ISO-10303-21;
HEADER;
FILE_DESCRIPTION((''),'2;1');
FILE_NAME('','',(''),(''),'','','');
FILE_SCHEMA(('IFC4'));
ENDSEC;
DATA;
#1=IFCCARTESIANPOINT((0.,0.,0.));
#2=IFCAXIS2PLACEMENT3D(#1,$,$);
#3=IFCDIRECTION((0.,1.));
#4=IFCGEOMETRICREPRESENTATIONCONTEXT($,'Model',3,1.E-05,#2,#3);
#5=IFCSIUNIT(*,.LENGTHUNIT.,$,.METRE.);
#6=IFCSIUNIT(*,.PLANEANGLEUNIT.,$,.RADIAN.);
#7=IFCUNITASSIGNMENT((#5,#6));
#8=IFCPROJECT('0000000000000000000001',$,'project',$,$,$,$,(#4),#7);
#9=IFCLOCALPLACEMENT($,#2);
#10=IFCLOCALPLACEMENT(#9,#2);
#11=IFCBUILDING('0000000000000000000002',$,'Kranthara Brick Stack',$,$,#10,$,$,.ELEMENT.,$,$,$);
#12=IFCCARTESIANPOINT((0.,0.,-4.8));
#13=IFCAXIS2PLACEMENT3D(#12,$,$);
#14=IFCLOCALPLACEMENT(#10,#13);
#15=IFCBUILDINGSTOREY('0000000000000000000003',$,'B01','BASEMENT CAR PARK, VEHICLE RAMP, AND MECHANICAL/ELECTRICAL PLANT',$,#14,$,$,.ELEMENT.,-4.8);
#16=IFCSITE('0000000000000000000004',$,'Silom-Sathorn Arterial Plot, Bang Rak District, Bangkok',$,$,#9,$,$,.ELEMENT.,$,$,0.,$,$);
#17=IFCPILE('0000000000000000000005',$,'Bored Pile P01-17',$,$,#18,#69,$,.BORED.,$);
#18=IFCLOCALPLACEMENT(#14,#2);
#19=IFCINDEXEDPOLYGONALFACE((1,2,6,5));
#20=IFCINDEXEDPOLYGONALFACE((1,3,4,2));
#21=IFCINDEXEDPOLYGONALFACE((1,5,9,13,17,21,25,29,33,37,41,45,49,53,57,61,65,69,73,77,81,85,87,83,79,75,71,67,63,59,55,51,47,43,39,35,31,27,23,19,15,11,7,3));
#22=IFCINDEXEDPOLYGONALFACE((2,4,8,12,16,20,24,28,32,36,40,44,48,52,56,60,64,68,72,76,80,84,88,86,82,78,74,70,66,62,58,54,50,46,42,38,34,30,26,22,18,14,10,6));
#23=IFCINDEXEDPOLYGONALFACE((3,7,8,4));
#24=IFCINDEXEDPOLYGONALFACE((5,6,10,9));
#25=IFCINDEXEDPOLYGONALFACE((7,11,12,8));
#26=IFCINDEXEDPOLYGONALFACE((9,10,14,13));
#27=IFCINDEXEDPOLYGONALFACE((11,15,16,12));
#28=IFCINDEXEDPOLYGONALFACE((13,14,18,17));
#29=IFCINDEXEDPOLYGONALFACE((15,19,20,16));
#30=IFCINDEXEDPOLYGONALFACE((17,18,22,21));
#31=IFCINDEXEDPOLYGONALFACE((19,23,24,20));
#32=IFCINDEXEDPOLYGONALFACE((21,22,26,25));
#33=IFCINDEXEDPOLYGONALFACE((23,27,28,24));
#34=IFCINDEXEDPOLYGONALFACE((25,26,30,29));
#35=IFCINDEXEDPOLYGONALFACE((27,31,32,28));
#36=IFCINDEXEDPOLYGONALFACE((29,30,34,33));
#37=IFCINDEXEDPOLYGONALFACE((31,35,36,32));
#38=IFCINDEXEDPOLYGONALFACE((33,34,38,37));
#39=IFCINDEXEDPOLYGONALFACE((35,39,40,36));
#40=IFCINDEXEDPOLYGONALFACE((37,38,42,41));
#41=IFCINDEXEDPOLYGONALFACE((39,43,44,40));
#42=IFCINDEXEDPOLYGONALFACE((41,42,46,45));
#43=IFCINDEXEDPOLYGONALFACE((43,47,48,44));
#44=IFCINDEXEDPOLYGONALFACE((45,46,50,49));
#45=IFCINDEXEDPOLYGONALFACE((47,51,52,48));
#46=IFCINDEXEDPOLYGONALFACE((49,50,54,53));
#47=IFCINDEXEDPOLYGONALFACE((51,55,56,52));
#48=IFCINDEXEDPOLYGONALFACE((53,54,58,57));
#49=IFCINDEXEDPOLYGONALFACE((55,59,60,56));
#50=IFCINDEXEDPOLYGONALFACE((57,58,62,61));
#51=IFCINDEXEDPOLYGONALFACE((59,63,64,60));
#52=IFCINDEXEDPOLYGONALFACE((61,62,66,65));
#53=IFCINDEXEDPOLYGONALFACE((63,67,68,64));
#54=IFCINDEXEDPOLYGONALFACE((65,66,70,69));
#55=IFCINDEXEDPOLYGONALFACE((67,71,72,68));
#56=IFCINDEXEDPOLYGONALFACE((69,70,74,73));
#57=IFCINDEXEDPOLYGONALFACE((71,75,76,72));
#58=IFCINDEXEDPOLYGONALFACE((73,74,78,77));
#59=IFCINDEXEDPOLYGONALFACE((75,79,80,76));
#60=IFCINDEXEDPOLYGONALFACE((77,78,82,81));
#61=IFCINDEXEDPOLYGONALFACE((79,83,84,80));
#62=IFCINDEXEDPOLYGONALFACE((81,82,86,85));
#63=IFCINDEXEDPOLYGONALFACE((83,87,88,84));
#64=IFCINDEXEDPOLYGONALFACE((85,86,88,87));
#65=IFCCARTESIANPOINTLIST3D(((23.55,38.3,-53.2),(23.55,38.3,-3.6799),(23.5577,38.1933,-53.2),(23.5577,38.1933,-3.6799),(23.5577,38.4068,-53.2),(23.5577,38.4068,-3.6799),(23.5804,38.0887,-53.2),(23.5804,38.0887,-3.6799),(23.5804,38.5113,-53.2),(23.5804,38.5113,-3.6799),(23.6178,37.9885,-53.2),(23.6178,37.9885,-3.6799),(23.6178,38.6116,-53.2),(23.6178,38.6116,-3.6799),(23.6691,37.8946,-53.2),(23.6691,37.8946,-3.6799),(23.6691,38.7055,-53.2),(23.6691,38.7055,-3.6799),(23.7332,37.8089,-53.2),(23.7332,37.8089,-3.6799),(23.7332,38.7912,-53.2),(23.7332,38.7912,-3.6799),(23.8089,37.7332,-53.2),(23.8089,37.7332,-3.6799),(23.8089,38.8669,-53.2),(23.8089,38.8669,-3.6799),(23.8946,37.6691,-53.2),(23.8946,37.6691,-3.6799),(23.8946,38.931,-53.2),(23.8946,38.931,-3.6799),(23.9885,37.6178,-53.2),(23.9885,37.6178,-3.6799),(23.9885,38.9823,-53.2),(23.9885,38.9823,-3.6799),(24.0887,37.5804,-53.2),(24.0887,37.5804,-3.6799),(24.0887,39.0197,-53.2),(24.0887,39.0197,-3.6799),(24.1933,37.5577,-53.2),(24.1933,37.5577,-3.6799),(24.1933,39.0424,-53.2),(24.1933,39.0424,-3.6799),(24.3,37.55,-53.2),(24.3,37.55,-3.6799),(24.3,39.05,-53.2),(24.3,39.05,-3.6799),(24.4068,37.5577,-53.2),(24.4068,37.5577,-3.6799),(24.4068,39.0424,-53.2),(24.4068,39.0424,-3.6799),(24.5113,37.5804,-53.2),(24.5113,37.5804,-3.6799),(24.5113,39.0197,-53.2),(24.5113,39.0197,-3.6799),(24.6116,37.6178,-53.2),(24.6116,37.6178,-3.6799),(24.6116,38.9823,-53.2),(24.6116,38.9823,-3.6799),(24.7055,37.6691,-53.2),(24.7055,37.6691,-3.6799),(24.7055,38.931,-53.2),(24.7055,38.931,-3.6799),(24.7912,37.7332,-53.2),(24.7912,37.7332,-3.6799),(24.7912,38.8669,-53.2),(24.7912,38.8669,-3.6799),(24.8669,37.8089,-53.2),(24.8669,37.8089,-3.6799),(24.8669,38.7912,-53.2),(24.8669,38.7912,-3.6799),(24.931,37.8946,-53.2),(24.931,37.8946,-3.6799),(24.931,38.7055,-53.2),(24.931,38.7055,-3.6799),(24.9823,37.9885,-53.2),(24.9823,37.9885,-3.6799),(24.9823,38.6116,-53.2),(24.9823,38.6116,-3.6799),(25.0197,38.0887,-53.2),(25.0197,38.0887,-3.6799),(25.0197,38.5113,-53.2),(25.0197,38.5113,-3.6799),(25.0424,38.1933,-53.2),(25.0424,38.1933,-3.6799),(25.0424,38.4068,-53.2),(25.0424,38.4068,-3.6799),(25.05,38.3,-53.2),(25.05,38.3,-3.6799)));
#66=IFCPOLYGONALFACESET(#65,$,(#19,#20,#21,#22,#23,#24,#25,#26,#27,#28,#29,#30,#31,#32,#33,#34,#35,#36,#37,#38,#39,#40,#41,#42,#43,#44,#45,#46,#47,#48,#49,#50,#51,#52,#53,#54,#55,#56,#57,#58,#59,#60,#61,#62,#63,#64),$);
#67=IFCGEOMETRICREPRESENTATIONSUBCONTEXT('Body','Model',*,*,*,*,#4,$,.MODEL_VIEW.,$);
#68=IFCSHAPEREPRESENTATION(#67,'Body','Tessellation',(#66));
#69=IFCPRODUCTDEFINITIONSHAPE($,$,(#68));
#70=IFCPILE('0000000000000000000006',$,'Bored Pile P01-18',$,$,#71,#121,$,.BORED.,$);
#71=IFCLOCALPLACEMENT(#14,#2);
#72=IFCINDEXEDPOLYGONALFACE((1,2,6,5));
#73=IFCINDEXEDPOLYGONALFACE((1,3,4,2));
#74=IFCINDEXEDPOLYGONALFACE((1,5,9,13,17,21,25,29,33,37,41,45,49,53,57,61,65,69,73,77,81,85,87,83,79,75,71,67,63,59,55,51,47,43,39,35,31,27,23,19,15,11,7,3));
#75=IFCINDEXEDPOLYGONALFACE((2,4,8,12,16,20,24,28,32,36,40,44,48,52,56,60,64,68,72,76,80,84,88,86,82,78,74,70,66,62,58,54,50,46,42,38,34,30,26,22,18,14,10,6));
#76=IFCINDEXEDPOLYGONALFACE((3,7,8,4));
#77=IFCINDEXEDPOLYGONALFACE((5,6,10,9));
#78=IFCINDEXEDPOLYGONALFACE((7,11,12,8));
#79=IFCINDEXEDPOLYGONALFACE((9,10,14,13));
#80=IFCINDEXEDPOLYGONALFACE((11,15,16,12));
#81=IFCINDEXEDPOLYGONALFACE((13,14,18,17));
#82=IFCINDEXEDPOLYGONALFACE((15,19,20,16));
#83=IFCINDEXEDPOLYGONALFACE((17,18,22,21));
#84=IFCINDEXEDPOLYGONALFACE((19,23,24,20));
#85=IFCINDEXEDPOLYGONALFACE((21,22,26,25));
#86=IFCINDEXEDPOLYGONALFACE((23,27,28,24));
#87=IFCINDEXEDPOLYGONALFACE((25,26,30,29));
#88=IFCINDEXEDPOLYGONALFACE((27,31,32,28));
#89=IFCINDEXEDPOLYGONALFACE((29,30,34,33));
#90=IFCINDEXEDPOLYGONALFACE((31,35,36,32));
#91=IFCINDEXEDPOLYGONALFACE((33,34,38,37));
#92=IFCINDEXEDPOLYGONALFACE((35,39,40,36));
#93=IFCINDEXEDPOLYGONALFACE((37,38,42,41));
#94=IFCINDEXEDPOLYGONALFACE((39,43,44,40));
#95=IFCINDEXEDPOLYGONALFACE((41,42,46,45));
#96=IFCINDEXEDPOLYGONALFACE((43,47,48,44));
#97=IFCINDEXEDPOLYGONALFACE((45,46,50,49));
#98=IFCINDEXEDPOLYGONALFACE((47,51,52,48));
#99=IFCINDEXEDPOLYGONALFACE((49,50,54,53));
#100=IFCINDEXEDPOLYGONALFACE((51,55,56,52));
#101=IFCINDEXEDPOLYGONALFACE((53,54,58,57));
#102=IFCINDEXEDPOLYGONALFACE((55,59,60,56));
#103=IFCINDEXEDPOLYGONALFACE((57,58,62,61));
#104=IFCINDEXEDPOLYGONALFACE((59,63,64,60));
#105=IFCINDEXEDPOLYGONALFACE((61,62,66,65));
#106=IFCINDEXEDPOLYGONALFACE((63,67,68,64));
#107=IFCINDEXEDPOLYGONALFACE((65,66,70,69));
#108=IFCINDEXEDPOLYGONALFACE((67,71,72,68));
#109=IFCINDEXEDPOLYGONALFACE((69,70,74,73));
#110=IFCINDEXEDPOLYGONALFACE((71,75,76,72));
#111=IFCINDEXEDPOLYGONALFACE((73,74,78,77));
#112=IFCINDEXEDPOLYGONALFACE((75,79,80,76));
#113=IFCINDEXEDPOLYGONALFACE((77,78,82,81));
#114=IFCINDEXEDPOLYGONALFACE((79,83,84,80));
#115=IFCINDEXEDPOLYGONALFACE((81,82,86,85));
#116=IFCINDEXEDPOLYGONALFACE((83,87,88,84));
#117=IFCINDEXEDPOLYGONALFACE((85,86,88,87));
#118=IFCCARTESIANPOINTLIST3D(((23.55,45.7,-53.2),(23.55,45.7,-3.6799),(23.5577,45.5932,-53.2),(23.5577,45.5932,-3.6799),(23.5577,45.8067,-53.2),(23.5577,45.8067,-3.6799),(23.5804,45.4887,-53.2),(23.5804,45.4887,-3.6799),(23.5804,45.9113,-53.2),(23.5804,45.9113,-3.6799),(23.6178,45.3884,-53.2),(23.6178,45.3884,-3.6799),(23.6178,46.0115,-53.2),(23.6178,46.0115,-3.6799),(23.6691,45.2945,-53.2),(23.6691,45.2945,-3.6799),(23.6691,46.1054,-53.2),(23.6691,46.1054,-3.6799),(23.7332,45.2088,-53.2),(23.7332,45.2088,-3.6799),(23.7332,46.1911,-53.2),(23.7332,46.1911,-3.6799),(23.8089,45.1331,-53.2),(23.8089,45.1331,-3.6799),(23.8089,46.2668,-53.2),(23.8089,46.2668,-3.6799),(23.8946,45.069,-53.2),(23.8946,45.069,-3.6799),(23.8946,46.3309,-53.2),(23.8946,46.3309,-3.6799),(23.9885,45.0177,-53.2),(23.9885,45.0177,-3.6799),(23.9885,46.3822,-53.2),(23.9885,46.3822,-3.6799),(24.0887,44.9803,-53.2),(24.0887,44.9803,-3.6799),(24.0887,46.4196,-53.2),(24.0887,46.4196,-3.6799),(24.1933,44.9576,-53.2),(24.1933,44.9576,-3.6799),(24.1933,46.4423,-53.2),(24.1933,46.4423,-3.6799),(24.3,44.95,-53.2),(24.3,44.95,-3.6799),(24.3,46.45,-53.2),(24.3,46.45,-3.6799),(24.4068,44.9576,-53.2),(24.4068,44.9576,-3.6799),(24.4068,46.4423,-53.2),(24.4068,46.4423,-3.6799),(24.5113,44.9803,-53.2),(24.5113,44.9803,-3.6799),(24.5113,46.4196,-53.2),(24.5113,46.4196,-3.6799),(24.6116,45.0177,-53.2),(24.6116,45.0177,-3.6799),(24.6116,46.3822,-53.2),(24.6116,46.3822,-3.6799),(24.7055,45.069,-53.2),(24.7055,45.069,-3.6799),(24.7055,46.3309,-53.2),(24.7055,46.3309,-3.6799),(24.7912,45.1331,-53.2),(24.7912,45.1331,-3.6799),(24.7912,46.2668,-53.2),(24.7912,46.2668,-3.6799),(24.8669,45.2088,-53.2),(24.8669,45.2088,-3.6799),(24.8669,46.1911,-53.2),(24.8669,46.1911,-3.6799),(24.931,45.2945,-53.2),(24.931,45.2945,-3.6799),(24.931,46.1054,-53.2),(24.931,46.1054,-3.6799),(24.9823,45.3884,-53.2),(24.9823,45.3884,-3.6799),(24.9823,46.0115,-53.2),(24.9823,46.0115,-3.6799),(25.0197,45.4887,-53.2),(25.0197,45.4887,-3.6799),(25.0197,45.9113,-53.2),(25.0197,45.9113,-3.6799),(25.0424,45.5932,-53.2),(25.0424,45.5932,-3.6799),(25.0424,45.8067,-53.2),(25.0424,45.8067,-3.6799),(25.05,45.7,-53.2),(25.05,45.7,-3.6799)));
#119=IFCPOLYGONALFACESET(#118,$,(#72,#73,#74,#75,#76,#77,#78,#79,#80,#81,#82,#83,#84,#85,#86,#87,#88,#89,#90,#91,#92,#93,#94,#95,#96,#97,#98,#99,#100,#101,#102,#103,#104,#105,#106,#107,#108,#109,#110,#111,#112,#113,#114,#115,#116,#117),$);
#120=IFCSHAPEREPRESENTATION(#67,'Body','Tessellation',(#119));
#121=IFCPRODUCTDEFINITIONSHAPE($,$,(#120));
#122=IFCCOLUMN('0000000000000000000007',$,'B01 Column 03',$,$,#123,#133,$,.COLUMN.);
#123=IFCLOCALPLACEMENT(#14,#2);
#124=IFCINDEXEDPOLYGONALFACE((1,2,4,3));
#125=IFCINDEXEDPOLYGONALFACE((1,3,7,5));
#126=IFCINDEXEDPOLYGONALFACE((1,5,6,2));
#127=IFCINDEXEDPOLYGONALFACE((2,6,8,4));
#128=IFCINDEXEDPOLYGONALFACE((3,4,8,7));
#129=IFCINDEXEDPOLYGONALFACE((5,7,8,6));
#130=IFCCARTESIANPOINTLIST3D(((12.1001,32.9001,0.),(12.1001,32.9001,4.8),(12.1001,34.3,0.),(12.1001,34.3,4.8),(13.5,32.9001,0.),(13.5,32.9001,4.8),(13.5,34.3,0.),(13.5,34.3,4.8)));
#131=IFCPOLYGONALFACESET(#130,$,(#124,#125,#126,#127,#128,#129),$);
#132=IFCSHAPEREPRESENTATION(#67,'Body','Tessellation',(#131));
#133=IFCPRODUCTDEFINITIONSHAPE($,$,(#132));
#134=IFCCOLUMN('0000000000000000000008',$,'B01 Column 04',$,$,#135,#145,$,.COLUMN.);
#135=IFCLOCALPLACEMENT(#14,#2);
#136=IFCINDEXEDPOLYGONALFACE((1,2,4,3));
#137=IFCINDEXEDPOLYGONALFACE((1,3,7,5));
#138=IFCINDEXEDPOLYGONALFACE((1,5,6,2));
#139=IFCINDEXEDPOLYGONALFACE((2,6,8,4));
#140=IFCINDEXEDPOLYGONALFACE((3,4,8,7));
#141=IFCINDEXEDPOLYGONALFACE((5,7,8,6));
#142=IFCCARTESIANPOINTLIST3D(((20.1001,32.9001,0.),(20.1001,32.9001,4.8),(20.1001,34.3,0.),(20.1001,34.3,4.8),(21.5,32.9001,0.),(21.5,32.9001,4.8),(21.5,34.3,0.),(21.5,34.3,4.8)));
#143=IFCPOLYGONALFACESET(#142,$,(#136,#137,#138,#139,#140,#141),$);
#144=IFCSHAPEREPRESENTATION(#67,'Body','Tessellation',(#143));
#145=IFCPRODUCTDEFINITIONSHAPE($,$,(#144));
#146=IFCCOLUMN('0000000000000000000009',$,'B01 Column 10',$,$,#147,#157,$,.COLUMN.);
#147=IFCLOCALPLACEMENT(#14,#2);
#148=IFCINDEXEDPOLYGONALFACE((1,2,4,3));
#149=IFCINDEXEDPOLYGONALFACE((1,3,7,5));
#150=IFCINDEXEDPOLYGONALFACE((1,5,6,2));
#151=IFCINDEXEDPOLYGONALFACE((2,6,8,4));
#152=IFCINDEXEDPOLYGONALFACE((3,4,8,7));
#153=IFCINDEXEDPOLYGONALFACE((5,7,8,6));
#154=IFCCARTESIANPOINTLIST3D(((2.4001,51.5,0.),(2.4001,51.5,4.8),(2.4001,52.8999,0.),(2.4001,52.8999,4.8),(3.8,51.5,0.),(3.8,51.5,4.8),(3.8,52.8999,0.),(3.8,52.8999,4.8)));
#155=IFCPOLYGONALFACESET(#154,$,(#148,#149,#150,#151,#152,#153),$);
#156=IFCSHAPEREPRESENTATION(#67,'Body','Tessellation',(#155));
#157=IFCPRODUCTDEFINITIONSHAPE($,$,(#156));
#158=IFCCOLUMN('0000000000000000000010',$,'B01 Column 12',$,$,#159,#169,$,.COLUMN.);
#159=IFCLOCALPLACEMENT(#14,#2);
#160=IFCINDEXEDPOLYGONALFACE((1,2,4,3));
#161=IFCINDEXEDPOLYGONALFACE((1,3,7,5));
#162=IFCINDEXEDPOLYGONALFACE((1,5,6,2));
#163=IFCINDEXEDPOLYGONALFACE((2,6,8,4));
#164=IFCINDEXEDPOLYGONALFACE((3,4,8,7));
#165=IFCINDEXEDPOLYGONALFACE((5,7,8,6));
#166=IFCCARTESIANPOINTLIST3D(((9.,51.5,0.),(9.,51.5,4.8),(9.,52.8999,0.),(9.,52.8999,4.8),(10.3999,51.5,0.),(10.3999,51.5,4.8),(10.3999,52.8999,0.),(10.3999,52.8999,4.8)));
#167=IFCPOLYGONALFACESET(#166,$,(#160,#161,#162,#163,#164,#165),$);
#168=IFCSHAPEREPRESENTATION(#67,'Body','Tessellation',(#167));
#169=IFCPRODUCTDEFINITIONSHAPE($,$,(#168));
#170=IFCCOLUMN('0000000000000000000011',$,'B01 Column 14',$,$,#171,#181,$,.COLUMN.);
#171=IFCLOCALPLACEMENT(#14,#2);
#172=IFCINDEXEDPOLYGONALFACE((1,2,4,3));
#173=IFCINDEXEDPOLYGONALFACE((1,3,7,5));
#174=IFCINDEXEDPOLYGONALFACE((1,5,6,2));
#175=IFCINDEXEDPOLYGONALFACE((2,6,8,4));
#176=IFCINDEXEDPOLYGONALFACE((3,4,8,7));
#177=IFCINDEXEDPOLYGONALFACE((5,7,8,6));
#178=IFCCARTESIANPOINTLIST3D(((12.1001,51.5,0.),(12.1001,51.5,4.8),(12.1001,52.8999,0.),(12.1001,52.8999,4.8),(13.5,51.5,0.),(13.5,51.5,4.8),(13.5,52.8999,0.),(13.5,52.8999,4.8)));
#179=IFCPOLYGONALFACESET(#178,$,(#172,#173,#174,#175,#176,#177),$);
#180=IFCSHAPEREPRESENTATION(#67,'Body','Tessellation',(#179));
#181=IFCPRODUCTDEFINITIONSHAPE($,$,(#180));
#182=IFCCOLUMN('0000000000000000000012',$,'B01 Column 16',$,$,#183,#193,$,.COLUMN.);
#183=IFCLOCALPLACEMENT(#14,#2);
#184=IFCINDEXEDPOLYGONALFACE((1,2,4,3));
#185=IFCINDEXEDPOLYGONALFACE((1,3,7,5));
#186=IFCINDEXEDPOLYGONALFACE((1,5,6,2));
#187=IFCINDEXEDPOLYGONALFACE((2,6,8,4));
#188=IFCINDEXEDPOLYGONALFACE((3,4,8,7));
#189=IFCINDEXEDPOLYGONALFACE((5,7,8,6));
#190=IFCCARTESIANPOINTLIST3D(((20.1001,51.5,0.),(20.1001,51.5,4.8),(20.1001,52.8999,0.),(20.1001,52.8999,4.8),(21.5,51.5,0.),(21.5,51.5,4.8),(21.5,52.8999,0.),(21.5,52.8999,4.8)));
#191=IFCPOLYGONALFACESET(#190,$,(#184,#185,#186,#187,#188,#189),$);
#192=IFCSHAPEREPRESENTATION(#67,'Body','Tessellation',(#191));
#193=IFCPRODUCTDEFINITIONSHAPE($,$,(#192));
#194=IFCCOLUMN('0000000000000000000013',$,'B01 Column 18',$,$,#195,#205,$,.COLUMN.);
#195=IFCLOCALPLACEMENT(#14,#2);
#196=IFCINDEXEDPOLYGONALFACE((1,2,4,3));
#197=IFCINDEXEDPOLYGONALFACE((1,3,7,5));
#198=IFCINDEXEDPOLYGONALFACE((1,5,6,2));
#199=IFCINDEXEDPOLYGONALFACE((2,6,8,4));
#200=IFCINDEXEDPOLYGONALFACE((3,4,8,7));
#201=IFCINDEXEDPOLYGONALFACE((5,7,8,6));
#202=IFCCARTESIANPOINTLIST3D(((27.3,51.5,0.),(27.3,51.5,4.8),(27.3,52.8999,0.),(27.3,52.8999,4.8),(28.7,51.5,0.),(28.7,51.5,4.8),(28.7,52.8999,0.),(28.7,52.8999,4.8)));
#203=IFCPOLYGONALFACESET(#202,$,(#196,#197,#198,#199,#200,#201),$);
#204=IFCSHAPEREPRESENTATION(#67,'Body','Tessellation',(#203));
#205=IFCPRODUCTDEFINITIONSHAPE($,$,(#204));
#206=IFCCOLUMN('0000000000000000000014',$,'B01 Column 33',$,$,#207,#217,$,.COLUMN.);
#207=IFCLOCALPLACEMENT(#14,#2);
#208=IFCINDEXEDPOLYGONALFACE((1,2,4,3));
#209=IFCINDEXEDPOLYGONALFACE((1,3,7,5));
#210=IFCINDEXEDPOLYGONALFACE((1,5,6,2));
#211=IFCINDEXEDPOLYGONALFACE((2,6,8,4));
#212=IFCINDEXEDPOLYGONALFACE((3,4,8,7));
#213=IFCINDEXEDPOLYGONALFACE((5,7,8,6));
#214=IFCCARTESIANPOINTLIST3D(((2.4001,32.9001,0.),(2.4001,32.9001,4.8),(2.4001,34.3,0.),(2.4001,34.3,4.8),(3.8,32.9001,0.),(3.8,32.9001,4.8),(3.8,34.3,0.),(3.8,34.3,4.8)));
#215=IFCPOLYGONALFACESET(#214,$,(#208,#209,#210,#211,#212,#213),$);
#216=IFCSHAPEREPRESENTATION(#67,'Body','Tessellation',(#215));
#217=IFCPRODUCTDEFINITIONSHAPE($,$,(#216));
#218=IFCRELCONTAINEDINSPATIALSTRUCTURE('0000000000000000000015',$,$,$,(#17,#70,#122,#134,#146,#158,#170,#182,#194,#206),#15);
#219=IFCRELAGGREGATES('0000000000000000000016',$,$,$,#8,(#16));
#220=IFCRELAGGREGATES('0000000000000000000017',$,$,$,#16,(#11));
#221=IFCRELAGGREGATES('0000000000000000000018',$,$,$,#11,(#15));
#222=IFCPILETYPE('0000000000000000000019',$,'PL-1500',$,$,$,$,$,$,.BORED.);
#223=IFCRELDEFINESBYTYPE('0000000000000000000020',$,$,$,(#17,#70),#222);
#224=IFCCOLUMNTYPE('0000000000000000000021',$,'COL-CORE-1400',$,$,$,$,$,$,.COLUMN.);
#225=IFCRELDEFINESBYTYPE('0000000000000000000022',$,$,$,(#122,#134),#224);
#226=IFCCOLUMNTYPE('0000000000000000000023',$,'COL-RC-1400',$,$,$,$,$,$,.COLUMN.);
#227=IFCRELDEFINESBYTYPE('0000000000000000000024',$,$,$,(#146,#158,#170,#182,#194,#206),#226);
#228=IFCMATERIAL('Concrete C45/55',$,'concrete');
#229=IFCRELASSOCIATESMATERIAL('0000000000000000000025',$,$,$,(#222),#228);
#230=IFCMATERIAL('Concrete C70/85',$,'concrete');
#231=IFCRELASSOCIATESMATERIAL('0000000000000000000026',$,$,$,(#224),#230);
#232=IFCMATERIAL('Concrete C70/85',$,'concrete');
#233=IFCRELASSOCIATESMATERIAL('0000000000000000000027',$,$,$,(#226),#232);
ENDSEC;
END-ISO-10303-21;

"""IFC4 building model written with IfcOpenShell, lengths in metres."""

from ifc_helpers import new_model, si_unit, direction, frame, origin, origin_2d, place, context, subcontext, project, spatial, rectangle, circle, extrude, material, material_profile, profile_set, type_object, element, save


model = new_model("IFC4")

# Units and contexts
model_context = context("Model", 3, precision=1e-05, world=origin(), true_north=direction((0.0, 1.0)))
body_context = subcontext(model_context, "Body", "Model", "MODEL_VIEW")
ifc_project = project(units=[si_unit("LENGTHUNIT", "METRE"), si_unit("PLANEANGLEUNIT", "RADIAN")], contexts=[model_context])

# Site, building, storey
site_placement = place(None, origin())
site = spatial("IfcSite", under=ifc_project, at=site_placement, Name="Silom-Sathorn Arterial Plot, Bang Rak District, Bangkok", CompositionType="ELEMENT", RefElevation=0.0)
building_placement = place(site_placement, origin())
building = spatial("IfcBuilding", under=site, at=building_placement, Name="Kranthara Brick Stack", CompositionType="ELEMENT")
storey_placement = place(building_placement, frame((0.0, 0.0, -4.8)))
storey = spatial("IfcBuildingStorey", under=building, at=storey_placement, Name="B01", Description="BASEMENT CAR PARK, VEHICLE RAMP, AND MECHANICAL/ELECTRICAL PLANT", CompositionType="ELEMENT", Elevation=-4.8)

# Piles
ifc_material_1 = material(Name="Concrete C45/55", Category="concrete")
ifc_material_profile_1 = material_profile(ifc_material_1, circle(Radius=0.75, at=origin_2d()), Name="BORED PILE 1500")
ifc_profile_set_1 = profile_set([ifc_material_profile_1], Name="Concrete C45/55")
pile_type_1 = type_object("IfcPileType", Name="PL-1500", PredefinedType="BORED", material=ifc_profile_set_1)
for number, where, z_axis, x_axis, name in (
    (1, (24.3, 38.3, -3.6799), (0.0, 0.0, -1.0), (1.0, 0.0, 0.0), "Bored Pile P01-17"),
    (2, (24.3, 45.7, -3.6799), (0.0, 0.0, -1.0), (1.0, 0.0, 0.0), "Bored Pile P01-18"),
):
    element("IfcPile", number, at=place(storey_placement, frame(where, z_axis=z_axis, x_axis=x_axis)), inside=storey, type_object=pile_type_1, Name=name, PredefinedType="BORED", context=body_context, shape_type="SweptSolid", body=[
        extrude(circle(Radius=0.75, at=origin_2d()), origin(), (0.0, 0.0, 1.0), 49.52),
    ])

# Columns
ifc_material_2 = material(Name="Concrete C70/85", Category="concrete")
ifc_material_profile_2 = material_profile(ifc_material_2, rectangle(XDim=1.3999, YDim=1.3999, at=origin_2d()), Name="RC 1400x1400")
ifc_profile_set_2 = profile_set([ifc_material_profile_2], Name="Concrete C70/85")
column_type_1 = type_object("IfcColumnType", Name="COL-CORE-1400", PredefinedType="COLUMN", material=ifc_profile_set_2)
for number, where, z_axis, x_axis, name in (
    (3, (12.8, 33.6001, 0.0), (0.0, 0.0, 1.0), (1.0, 0.0, 0.0), "B01 Column 03"),
    (4, (20.8, 33.6001, 0.0), (0.0, 0.0, 1.0), (1.0, 0.0, 0.0), "B01 Column 04"),
):
    element("IfcColumn", number, at=place(storey_placement, frame(where, z_axis=z_axis, x_axis=x_axis)), inside=storey, type_object=column_type_1, Name=name, PredefinedType="COLUMN", context=body_context, shape_type="SweptSolid", body=[
        extrude(rectangle(XDim=1.3999, YDim=1.3999, at=origin_2d()), origin(), (0.0, 0.0, 1.0), 4.8),
    ])
ifc_material_3 = material(Name="Concrete C70/85", Category="concrete")
ifc_material_profile_3 = material_profile(ifc_material_3, rectangle(XDim=1.3999, YDim=1.3999, at=origin_2d()), Name="RC 1400x1400")
ifc_profile_set_3 = profile_set([ifc_material_profile_3], Name="Concrete C70/85")
column_type_2 = type_object("IfcColumnType", Name="COL-RC-1400", PredefinedType="COLUMN", material=ifc_profile_set_3)
for number, where, z_axis, x_axis, name in (
    (5, (3.1001, 52.2, 0.0), (0.0, 0.0, 1.0), (1.0, 0.0, 0.0), "B01 Column 10"),
    (6, (9.7, 52.2, 0.0), (0.0, 0.0, 1.0), (1.0, 0.0, 0.0), "B01 Column 12"),
    (7, (12.8, 52.2, 0.0), (0.0, 0.0, 1.0), (1.0, 0.0, 0.0), "B01 Column 14"),
    (8, (20.8, 52.2, 0.0), (0.0, 0.0, 1.0), (1.0, 0.0, 0.0), "B01 Column 16"),
    (9, (28.0, 52.2, 0.0), (0.0, 0.0, 1.0), (1.0, 0.0, 0.0), "B01 Column 18"),
    (10, (3.1001, 33.6001, 0.0), (0.0, 0.0, 1.0), (1.0, 0.0, 0.0), "B01 Column 33"),
):
    element("IfcColumn", number, at=place(storey_placement, frame(where, z_axis=z_axis, x_axis=x_axis)), inside=storey, type_object=column_type_2, Name=name, PredefinedType="COLUMN", context=body_context, shape_type="SweptSolid", body=[
        extrude(rectangle(XDim=1.3999, YDim=1.3999, at=origin_2d()), origin(), (0.0, 0.0, 1.0), 4.8),
    ])

save(model, "model.ifc")
